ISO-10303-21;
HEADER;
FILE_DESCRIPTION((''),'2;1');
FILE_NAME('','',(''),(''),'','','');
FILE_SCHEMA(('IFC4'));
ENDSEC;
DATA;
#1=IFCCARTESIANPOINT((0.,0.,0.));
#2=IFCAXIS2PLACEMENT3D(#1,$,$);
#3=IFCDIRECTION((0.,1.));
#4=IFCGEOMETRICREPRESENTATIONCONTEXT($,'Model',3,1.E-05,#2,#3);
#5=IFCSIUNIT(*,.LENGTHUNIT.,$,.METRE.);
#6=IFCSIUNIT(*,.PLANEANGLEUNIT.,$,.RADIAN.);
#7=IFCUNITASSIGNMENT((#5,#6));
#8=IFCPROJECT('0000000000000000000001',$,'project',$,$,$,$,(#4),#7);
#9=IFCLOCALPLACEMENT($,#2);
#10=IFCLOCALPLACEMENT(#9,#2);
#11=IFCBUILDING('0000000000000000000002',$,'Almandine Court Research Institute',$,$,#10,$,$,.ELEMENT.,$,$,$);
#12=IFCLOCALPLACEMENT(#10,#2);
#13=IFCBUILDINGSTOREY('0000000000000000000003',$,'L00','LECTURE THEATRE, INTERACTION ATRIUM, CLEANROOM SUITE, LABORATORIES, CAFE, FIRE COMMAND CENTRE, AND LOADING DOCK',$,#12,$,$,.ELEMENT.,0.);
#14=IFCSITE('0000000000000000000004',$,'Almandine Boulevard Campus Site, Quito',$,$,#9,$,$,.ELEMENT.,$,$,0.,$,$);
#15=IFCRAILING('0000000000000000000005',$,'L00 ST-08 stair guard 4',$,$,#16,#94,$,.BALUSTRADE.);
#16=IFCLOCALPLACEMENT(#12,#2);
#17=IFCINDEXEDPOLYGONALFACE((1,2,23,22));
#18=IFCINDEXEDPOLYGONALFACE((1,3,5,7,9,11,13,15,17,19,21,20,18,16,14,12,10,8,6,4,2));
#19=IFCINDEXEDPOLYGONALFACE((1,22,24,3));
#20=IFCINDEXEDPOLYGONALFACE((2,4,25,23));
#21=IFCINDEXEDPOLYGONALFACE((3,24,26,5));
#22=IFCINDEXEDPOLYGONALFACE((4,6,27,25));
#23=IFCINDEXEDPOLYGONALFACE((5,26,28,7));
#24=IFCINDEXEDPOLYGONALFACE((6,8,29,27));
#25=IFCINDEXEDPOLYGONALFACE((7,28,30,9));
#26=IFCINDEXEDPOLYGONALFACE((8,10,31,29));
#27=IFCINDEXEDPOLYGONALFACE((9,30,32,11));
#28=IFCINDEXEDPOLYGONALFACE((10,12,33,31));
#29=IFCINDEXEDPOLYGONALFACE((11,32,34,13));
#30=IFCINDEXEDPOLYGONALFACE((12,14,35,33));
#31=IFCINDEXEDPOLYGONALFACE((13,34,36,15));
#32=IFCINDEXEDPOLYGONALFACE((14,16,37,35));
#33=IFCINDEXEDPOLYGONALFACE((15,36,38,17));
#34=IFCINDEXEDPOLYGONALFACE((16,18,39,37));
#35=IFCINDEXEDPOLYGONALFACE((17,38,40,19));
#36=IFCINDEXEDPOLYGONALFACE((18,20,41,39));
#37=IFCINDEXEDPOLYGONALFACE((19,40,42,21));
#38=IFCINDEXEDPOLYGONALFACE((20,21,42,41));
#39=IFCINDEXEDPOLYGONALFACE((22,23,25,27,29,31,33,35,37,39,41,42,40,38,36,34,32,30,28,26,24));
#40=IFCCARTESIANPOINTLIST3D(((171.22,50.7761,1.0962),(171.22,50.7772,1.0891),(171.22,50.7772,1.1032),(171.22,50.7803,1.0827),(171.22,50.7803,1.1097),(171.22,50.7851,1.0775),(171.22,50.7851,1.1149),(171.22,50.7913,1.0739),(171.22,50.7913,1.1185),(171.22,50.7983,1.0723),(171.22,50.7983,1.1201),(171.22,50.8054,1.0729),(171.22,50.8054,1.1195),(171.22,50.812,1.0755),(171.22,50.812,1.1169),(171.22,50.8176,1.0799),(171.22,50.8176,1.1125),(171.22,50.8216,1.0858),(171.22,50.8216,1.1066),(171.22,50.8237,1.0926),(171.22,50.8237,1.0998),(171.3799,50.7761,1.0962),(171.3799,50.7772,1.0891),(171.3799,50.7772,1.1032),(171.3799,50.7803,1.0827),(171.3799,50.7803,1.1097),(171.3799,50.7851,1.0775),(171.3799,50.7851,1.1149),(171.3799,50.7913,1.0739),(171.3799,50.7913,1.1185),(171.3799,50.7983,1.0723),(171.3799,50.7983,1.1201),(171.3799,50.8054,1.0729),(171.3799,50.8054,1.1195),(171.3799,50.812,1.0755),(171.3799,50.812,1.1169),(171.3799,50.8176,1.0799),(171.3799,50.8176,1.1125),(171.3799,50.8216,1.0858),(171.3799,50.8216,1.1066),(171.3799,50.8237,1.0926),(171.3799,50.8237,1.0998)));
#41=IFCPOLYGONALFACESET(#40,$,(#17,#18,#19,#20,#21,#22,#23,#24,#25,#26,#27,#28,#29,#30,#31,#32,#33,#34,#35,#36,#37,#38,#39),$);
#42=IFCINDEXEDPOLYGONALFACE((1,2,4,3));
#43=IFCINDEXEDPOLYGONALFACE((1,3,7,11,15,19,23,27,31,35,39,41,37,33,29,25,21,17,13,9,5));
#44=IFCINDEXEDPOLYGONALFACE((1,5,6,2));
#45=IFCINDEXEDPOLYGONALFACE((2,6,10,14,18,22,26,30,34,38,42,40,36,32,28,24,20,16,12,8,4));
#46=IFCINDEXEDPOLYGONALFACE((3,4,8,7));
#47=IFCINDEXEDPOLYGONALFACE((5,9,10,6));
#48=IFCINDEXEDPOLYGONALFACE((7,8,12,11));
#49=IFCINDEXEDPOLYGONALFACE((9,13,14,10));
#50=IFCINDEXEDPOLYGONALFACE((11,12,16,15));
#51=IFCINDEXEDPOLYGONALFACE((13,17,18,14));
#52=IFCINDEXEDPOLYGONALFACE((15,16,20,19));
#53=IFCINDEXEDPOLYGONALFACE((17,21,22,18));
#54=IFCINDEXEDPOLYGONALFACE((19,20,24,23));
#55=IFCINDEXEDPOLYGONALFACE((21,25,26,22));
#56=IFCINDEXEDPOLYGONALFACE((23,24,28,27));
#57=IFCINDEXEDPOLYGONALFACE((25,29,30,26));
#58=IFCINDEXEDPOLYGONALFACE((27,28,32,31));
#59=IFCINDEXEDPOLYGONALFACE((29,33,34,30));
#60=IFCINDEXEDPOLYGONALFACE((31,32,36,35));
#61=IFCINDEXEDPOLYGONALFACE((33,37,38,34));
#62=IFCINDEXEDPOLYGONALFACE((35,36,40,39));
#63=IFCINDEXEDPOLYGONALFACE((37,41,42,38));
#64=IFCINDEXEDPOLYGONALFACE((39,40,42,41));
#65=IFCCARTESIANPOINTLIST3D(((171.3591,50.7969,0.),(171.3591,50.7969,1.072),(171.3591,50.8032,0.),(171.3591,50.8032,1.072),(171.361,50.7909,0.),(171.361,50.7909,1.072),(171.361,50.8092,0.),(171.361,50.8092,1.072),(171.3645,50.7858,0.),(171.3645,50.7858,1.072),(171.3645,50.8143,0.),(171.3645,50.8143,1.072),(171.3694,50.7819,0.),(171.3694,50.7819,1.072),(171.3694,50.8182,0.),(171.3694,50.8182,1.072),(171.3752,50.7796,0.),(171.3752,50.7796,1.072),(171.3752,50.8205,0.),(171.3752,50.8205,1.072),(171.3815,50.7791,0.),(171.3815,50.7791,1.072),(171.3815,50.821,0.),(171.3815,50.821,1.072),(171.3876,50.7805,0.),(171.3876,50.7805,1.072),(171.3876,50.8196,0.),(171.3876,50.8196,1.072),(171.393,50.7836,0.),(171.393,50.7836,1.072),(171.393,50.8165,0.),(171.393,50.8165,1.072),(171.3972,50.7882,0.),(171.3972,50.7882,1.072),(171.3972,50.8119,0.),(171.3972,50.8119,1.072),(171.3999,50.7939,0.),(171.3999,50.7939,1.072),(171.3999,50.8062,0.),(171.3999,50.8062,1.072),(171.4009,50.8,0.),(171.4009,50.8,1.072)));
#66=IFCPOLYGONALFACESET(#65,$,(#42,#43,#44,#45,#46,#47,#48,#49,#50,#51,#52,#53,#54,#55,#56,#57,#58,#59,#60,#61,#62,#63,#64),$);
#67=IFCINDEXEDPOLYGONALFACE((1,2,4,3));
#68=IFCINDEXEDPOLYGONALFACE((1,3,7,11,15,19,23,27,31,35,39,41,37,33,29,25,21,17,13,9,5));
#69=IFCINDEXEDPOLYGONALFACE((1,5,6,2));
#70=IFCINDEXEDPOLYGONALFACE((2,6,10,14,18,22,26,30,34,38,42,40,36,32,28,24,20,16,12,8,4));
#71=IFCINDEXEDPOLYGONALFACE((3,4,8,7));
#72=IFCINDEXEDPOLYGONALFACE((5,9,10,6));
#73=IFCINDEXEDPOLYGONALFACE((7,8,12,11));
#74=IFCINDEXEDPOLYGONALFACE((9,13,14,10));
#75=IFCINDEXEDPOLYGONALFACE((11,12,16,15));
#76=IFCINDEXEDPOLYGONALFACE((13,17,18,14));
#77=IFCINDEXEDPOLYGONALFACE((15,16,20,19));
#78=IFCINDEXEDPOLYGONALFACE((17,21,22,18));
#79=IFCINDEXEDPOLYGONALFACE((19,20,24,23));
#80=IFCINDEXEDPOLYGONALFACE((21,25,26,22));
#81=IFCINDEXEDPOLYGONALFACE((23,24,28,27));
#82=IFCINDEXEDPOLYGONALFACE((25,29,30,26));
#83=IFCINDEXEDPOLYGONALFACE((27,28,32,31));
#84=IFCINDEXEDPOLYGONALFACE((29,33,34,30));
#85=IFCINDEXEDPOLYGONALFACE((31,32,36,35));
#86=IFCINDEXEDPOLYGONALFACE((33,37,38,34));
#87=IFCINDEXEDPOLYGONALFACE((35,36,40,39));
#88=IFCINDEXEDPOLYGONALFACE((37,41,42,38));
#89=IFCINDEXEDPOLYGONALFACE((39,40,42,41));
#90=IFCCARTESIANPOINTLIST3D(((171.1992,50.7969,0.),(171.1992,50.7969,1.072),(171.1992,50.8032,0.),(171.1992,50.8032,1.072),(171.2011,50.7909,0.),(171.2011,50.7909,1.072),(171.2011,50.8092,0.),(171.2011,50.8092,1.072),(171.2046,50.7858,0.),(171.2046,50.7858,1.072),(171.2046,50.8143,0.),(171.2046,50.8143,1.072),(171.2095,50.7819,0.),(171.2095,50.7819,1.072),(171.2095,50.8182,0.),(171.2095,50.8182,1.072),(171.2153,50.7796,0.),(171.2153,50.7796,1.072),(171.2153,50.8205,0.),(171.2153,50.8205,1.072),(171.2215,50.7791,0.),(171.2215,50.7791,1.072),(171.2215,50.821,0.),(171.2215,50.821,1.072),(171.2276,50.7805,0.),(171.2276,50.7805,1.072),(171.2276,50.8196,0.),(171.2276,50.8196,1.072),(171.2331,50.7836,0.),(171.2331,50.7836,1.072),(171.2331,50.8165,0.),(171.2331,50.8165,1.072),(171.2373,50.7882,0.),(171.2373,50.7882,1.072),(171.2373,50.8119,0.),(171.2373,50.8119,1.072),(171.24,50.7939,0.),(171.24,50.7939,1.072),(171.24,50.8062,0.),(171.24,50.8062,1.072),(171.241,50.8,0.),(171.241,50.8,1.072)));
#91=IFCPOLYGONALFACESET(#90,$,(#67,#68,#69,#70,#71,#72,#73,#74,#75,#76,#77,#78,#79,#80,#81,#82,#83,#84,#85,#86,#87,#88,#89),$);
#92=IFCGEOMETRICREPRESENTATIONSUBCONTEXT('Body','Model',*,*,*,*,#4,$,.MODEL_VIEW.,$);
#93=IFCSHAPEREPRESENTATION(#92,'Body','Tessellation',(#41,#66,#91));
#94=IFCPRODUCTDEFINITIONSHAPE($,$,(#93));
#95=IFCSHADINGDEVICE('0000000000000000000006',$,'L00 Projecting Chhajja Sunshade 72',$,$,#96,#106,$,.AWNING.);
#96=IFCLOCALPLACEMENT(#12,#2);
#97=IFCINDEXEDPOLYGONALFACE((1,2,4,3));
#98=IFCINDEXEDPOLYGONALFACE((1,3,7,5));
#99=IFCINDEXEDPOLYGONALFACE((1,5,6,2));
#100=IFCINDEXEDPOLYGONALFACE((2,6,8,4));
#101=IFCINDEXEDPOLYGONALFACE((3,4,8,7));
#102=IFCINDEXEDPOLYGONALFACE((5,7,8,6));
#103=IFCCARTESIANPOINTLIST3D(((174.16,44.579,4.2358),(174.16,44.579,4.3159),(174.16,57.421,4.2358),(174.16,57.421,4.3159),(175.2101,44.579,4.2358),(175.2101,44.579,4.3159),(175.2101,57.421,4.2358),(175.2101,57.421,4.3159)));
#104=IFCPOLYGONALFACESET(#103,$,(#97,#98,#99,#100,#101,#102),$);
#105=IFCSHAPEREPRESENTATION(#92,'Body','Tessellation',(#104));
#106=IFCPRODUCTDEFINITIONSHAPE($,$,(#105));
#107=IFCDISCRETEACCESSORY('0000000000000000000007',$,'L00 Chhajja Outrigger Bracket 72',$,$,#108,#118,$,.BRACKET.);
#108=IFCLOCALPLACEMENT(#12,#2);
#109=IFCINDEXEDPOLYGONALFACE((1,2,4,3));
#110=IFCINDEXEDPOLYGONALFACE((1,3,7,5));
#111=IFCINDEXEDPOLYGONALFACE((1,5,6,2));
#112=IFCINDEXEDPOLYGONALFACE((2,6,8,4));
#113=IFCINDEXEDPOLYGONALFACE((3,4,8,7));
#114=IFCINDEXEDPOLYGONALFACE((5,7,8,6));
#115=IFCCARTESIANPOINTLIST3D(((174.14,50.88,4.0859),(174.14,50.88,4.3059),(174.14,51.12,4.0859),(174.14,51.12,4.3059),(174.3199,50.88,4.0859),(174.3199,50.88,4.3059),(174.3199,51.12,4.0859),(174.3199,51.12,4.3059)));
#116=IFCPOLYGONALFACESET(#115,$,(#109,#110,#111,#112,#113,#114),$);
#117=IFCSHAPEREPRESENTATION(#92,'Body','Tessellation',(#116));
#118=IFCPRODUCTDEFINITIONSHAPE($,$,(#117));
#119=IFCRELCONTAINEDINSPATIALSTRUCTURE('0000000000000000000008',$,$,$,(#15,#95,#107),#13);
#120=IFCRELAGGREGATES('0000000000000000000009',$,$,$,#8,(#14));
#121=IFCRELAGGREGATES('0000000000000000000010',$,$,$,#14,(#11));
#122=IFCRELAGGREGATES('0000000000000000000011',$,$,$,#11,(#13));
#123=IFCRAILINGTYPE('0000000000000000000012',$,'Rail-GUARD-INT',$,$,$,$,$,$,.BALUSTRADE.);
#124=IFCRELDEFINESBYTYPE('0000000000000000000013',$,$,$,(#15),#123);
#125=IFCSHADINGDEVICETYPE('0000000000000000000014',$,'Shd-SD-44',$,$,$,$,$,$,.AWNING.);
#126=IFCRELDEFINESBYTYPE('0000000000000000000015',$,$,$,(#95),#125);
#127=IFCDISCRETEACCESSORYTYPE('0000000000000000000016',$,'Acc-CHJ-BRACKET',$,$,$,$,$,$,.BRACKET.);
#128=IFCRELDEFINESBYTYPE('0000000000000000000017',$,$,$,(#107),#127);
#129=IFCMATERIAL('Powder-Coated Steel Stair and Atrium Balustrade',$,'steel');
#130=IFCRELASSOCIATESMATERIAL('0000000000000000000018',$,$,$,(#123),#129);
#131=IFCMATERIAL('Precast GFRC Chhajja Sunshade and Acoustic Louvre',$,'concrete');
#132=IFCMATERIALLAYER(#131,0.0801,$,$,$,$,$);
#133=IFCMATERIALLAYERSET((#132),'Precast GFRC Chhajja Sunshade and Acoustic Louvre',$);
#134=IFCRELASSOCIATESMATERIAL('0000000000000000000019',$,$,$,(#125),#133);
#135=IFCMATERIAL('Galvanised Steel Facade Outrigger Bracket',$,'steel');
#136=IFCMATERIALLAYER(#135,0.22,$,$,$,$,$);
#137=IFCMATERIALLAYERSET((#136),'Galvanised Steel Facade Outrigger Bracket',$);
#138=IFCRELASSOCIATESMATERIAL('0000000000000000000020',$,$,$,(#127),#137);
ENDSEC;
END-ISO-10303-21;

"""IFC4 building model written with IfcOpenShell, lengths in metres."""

from ifc_helpers import new_model, si_unit, direction, frame, origin, origin_2d, place, context, subcontext, project, spatial, rectangle, circle, extrude, material, layer, layer_set, type_object, element, save


model = new_model("IFC4")

# Units and contexts
model_context = context("Model", 3, precision=1e-05, world=origin(), true_north=direction((0.0, 1.0)))
body_context = subcontext(model_context, "Body", "Model", "MODEL_VIEW")
ifc_project = project(units=[si_unit("LENGTHUNIT", "METRE"), si_unit("PLANEANGLEUNIT", "RADIAN")], contexts=[model_context])

# Site, building, storey
site_placement = place(None, origin())
site = spatial("IfcSite", under=ifc_project, at=site_placement, Name="Almandine Boulevard Campus Site, Quito", CompositionType="ELEMENT", RefElevation=0.0)
building_placement = place(site_placement, origin())
building = spatial("IfcBuilding", under=site, at=building_placement, Name="Almandine Court Research Institute", CompositionType="ELEMENT")
storey_placement = place(building_placement, origin())
storey = spatial("IfcBuildingStorey", under=building, at=storey_placement, Name="L00", Description="LECTURE THEATRE, INTERACTION ATRIUM, CLEANROOM SUITE, LABORATORIES, CAFE, FIRE COMMAND CENTRE, AND LOADING DOCK", CompositionType="ELEMENT", Elevation=0.0)

# Railing
ifc_material_1 = material(Name="Powder-Coated Steel Stair and Atrium Balustrade", Category="steel")
railing_type_1 = type_object("IfcRailingType", Name="Rail-GUARD-INT", PredefinedType="BALUSTRADE", material=ifc_material_1)
railing_1_placement = place(storey_placement, frame((171.3799, 50.8, 0.0)))
element("IfcRailing", 1, at=railing_1_placement, inside=storey, type_object=railing_type_1, Name="L00 ST-08 stair guard 4", PredefinedType="BALUSTRADE", context=body_context, shape_type="SweptSolid", body=[
    extrude(circle(Radius=0.0239, at=origin_2d()), frame((0.0, 0.0, 1.0962), z_axis=(-1.0, 0.0, 0.0), x_axis=(0.0, -1.0, 0.0)), (0.0, 0.0, 1.0), 0.1599),
    extrude(circle(Radius=0.021, at=origin_2d()), origin(), (0.0, 0.0, 1.0), 1.072),
    extrude(circle(Radius=0.021, at=origin_2d()), frame((-0.1599, 0.0, 0.0)), (0.0, 0.0, 1.0), 1.072),
])

# Shading device
ifc_material_2 = material(Name="Precast GFRC Chhajja Sunshade and Acoustic Louvre", Category="concrete")
ifc_layer_1 = layer(ifc_material_2, 0.0801)
ifc_layer_set_1 = layer_set([ifc_layer_1], Name="Precast GFRC Chhajja Sunshade and Acoustic Louvre")
shading_device_type = type_object("IfcShadingDeviceType", Name="Shd-SD-44", PredefinedType="AWNING", material=ifc_layer_set_1)
shading_device_placement = place(storey_placement, frame((174.6851, 51.0, 4.2358), z_axis=(0.0, 0.0, 1.0), x_axis=(0.0, -1.0, 0.0)))
element("IfcShadingDevice", 2, at=shading_device_placement, inside=storey, type_object=shading_device_type, Name="L00 Projecting Chhajja Sunshade 72", PredefinedType="AWNING", context=body_context, shape_type="SweptSolid", body=[
    extrude(rectangle(XDim=12.842, YDim=1.05, at=origin_2d()), origin(), (0.0, 0.0, 1.0), 0.0801),
])

# Discrete accessory
ifc_material_3 = material(Name="Galvanised Steel Facade Outrigger Bracket", Category="steel")
ifc_layer_2 = layer(ifc_material_3, 0.22)
ifc_layer_set_2 = layer_set([ifc_layer_2], Name="Galvanised Steel Facade Outrigger Bracket")
discrete_accessory_type = type_object("IfcDiscreteAccessoryType", Name="Acc-CHJ-BRACKET", PredefinedType="BRACKET", material=ifc_layer_set_2)
discrete_accessory_placement = place(storey_placement, frame((174.23, 51.0, 4.0859), z_axis=(0.0, 0.0, 1.0), x_axis=(0.0, -1.0, 0.0)))
element("IfcDiscreteAccessory", 3, at=discrete_accessory_placement, inside=storey, type_object=discrete_accessory_type, Name="L00 Chhajja Outrigger Bracket 72", PredefinedType="BRACKET", context=body_context, shape_type="SweptSolid", body=[
    extrude(rectangle(XDim=0.24, YDim=0.1799, at=origin_2d()), origin(), (0.0, 0.0, 1.0), 0.22),
])

save(model, "model.ifc")
